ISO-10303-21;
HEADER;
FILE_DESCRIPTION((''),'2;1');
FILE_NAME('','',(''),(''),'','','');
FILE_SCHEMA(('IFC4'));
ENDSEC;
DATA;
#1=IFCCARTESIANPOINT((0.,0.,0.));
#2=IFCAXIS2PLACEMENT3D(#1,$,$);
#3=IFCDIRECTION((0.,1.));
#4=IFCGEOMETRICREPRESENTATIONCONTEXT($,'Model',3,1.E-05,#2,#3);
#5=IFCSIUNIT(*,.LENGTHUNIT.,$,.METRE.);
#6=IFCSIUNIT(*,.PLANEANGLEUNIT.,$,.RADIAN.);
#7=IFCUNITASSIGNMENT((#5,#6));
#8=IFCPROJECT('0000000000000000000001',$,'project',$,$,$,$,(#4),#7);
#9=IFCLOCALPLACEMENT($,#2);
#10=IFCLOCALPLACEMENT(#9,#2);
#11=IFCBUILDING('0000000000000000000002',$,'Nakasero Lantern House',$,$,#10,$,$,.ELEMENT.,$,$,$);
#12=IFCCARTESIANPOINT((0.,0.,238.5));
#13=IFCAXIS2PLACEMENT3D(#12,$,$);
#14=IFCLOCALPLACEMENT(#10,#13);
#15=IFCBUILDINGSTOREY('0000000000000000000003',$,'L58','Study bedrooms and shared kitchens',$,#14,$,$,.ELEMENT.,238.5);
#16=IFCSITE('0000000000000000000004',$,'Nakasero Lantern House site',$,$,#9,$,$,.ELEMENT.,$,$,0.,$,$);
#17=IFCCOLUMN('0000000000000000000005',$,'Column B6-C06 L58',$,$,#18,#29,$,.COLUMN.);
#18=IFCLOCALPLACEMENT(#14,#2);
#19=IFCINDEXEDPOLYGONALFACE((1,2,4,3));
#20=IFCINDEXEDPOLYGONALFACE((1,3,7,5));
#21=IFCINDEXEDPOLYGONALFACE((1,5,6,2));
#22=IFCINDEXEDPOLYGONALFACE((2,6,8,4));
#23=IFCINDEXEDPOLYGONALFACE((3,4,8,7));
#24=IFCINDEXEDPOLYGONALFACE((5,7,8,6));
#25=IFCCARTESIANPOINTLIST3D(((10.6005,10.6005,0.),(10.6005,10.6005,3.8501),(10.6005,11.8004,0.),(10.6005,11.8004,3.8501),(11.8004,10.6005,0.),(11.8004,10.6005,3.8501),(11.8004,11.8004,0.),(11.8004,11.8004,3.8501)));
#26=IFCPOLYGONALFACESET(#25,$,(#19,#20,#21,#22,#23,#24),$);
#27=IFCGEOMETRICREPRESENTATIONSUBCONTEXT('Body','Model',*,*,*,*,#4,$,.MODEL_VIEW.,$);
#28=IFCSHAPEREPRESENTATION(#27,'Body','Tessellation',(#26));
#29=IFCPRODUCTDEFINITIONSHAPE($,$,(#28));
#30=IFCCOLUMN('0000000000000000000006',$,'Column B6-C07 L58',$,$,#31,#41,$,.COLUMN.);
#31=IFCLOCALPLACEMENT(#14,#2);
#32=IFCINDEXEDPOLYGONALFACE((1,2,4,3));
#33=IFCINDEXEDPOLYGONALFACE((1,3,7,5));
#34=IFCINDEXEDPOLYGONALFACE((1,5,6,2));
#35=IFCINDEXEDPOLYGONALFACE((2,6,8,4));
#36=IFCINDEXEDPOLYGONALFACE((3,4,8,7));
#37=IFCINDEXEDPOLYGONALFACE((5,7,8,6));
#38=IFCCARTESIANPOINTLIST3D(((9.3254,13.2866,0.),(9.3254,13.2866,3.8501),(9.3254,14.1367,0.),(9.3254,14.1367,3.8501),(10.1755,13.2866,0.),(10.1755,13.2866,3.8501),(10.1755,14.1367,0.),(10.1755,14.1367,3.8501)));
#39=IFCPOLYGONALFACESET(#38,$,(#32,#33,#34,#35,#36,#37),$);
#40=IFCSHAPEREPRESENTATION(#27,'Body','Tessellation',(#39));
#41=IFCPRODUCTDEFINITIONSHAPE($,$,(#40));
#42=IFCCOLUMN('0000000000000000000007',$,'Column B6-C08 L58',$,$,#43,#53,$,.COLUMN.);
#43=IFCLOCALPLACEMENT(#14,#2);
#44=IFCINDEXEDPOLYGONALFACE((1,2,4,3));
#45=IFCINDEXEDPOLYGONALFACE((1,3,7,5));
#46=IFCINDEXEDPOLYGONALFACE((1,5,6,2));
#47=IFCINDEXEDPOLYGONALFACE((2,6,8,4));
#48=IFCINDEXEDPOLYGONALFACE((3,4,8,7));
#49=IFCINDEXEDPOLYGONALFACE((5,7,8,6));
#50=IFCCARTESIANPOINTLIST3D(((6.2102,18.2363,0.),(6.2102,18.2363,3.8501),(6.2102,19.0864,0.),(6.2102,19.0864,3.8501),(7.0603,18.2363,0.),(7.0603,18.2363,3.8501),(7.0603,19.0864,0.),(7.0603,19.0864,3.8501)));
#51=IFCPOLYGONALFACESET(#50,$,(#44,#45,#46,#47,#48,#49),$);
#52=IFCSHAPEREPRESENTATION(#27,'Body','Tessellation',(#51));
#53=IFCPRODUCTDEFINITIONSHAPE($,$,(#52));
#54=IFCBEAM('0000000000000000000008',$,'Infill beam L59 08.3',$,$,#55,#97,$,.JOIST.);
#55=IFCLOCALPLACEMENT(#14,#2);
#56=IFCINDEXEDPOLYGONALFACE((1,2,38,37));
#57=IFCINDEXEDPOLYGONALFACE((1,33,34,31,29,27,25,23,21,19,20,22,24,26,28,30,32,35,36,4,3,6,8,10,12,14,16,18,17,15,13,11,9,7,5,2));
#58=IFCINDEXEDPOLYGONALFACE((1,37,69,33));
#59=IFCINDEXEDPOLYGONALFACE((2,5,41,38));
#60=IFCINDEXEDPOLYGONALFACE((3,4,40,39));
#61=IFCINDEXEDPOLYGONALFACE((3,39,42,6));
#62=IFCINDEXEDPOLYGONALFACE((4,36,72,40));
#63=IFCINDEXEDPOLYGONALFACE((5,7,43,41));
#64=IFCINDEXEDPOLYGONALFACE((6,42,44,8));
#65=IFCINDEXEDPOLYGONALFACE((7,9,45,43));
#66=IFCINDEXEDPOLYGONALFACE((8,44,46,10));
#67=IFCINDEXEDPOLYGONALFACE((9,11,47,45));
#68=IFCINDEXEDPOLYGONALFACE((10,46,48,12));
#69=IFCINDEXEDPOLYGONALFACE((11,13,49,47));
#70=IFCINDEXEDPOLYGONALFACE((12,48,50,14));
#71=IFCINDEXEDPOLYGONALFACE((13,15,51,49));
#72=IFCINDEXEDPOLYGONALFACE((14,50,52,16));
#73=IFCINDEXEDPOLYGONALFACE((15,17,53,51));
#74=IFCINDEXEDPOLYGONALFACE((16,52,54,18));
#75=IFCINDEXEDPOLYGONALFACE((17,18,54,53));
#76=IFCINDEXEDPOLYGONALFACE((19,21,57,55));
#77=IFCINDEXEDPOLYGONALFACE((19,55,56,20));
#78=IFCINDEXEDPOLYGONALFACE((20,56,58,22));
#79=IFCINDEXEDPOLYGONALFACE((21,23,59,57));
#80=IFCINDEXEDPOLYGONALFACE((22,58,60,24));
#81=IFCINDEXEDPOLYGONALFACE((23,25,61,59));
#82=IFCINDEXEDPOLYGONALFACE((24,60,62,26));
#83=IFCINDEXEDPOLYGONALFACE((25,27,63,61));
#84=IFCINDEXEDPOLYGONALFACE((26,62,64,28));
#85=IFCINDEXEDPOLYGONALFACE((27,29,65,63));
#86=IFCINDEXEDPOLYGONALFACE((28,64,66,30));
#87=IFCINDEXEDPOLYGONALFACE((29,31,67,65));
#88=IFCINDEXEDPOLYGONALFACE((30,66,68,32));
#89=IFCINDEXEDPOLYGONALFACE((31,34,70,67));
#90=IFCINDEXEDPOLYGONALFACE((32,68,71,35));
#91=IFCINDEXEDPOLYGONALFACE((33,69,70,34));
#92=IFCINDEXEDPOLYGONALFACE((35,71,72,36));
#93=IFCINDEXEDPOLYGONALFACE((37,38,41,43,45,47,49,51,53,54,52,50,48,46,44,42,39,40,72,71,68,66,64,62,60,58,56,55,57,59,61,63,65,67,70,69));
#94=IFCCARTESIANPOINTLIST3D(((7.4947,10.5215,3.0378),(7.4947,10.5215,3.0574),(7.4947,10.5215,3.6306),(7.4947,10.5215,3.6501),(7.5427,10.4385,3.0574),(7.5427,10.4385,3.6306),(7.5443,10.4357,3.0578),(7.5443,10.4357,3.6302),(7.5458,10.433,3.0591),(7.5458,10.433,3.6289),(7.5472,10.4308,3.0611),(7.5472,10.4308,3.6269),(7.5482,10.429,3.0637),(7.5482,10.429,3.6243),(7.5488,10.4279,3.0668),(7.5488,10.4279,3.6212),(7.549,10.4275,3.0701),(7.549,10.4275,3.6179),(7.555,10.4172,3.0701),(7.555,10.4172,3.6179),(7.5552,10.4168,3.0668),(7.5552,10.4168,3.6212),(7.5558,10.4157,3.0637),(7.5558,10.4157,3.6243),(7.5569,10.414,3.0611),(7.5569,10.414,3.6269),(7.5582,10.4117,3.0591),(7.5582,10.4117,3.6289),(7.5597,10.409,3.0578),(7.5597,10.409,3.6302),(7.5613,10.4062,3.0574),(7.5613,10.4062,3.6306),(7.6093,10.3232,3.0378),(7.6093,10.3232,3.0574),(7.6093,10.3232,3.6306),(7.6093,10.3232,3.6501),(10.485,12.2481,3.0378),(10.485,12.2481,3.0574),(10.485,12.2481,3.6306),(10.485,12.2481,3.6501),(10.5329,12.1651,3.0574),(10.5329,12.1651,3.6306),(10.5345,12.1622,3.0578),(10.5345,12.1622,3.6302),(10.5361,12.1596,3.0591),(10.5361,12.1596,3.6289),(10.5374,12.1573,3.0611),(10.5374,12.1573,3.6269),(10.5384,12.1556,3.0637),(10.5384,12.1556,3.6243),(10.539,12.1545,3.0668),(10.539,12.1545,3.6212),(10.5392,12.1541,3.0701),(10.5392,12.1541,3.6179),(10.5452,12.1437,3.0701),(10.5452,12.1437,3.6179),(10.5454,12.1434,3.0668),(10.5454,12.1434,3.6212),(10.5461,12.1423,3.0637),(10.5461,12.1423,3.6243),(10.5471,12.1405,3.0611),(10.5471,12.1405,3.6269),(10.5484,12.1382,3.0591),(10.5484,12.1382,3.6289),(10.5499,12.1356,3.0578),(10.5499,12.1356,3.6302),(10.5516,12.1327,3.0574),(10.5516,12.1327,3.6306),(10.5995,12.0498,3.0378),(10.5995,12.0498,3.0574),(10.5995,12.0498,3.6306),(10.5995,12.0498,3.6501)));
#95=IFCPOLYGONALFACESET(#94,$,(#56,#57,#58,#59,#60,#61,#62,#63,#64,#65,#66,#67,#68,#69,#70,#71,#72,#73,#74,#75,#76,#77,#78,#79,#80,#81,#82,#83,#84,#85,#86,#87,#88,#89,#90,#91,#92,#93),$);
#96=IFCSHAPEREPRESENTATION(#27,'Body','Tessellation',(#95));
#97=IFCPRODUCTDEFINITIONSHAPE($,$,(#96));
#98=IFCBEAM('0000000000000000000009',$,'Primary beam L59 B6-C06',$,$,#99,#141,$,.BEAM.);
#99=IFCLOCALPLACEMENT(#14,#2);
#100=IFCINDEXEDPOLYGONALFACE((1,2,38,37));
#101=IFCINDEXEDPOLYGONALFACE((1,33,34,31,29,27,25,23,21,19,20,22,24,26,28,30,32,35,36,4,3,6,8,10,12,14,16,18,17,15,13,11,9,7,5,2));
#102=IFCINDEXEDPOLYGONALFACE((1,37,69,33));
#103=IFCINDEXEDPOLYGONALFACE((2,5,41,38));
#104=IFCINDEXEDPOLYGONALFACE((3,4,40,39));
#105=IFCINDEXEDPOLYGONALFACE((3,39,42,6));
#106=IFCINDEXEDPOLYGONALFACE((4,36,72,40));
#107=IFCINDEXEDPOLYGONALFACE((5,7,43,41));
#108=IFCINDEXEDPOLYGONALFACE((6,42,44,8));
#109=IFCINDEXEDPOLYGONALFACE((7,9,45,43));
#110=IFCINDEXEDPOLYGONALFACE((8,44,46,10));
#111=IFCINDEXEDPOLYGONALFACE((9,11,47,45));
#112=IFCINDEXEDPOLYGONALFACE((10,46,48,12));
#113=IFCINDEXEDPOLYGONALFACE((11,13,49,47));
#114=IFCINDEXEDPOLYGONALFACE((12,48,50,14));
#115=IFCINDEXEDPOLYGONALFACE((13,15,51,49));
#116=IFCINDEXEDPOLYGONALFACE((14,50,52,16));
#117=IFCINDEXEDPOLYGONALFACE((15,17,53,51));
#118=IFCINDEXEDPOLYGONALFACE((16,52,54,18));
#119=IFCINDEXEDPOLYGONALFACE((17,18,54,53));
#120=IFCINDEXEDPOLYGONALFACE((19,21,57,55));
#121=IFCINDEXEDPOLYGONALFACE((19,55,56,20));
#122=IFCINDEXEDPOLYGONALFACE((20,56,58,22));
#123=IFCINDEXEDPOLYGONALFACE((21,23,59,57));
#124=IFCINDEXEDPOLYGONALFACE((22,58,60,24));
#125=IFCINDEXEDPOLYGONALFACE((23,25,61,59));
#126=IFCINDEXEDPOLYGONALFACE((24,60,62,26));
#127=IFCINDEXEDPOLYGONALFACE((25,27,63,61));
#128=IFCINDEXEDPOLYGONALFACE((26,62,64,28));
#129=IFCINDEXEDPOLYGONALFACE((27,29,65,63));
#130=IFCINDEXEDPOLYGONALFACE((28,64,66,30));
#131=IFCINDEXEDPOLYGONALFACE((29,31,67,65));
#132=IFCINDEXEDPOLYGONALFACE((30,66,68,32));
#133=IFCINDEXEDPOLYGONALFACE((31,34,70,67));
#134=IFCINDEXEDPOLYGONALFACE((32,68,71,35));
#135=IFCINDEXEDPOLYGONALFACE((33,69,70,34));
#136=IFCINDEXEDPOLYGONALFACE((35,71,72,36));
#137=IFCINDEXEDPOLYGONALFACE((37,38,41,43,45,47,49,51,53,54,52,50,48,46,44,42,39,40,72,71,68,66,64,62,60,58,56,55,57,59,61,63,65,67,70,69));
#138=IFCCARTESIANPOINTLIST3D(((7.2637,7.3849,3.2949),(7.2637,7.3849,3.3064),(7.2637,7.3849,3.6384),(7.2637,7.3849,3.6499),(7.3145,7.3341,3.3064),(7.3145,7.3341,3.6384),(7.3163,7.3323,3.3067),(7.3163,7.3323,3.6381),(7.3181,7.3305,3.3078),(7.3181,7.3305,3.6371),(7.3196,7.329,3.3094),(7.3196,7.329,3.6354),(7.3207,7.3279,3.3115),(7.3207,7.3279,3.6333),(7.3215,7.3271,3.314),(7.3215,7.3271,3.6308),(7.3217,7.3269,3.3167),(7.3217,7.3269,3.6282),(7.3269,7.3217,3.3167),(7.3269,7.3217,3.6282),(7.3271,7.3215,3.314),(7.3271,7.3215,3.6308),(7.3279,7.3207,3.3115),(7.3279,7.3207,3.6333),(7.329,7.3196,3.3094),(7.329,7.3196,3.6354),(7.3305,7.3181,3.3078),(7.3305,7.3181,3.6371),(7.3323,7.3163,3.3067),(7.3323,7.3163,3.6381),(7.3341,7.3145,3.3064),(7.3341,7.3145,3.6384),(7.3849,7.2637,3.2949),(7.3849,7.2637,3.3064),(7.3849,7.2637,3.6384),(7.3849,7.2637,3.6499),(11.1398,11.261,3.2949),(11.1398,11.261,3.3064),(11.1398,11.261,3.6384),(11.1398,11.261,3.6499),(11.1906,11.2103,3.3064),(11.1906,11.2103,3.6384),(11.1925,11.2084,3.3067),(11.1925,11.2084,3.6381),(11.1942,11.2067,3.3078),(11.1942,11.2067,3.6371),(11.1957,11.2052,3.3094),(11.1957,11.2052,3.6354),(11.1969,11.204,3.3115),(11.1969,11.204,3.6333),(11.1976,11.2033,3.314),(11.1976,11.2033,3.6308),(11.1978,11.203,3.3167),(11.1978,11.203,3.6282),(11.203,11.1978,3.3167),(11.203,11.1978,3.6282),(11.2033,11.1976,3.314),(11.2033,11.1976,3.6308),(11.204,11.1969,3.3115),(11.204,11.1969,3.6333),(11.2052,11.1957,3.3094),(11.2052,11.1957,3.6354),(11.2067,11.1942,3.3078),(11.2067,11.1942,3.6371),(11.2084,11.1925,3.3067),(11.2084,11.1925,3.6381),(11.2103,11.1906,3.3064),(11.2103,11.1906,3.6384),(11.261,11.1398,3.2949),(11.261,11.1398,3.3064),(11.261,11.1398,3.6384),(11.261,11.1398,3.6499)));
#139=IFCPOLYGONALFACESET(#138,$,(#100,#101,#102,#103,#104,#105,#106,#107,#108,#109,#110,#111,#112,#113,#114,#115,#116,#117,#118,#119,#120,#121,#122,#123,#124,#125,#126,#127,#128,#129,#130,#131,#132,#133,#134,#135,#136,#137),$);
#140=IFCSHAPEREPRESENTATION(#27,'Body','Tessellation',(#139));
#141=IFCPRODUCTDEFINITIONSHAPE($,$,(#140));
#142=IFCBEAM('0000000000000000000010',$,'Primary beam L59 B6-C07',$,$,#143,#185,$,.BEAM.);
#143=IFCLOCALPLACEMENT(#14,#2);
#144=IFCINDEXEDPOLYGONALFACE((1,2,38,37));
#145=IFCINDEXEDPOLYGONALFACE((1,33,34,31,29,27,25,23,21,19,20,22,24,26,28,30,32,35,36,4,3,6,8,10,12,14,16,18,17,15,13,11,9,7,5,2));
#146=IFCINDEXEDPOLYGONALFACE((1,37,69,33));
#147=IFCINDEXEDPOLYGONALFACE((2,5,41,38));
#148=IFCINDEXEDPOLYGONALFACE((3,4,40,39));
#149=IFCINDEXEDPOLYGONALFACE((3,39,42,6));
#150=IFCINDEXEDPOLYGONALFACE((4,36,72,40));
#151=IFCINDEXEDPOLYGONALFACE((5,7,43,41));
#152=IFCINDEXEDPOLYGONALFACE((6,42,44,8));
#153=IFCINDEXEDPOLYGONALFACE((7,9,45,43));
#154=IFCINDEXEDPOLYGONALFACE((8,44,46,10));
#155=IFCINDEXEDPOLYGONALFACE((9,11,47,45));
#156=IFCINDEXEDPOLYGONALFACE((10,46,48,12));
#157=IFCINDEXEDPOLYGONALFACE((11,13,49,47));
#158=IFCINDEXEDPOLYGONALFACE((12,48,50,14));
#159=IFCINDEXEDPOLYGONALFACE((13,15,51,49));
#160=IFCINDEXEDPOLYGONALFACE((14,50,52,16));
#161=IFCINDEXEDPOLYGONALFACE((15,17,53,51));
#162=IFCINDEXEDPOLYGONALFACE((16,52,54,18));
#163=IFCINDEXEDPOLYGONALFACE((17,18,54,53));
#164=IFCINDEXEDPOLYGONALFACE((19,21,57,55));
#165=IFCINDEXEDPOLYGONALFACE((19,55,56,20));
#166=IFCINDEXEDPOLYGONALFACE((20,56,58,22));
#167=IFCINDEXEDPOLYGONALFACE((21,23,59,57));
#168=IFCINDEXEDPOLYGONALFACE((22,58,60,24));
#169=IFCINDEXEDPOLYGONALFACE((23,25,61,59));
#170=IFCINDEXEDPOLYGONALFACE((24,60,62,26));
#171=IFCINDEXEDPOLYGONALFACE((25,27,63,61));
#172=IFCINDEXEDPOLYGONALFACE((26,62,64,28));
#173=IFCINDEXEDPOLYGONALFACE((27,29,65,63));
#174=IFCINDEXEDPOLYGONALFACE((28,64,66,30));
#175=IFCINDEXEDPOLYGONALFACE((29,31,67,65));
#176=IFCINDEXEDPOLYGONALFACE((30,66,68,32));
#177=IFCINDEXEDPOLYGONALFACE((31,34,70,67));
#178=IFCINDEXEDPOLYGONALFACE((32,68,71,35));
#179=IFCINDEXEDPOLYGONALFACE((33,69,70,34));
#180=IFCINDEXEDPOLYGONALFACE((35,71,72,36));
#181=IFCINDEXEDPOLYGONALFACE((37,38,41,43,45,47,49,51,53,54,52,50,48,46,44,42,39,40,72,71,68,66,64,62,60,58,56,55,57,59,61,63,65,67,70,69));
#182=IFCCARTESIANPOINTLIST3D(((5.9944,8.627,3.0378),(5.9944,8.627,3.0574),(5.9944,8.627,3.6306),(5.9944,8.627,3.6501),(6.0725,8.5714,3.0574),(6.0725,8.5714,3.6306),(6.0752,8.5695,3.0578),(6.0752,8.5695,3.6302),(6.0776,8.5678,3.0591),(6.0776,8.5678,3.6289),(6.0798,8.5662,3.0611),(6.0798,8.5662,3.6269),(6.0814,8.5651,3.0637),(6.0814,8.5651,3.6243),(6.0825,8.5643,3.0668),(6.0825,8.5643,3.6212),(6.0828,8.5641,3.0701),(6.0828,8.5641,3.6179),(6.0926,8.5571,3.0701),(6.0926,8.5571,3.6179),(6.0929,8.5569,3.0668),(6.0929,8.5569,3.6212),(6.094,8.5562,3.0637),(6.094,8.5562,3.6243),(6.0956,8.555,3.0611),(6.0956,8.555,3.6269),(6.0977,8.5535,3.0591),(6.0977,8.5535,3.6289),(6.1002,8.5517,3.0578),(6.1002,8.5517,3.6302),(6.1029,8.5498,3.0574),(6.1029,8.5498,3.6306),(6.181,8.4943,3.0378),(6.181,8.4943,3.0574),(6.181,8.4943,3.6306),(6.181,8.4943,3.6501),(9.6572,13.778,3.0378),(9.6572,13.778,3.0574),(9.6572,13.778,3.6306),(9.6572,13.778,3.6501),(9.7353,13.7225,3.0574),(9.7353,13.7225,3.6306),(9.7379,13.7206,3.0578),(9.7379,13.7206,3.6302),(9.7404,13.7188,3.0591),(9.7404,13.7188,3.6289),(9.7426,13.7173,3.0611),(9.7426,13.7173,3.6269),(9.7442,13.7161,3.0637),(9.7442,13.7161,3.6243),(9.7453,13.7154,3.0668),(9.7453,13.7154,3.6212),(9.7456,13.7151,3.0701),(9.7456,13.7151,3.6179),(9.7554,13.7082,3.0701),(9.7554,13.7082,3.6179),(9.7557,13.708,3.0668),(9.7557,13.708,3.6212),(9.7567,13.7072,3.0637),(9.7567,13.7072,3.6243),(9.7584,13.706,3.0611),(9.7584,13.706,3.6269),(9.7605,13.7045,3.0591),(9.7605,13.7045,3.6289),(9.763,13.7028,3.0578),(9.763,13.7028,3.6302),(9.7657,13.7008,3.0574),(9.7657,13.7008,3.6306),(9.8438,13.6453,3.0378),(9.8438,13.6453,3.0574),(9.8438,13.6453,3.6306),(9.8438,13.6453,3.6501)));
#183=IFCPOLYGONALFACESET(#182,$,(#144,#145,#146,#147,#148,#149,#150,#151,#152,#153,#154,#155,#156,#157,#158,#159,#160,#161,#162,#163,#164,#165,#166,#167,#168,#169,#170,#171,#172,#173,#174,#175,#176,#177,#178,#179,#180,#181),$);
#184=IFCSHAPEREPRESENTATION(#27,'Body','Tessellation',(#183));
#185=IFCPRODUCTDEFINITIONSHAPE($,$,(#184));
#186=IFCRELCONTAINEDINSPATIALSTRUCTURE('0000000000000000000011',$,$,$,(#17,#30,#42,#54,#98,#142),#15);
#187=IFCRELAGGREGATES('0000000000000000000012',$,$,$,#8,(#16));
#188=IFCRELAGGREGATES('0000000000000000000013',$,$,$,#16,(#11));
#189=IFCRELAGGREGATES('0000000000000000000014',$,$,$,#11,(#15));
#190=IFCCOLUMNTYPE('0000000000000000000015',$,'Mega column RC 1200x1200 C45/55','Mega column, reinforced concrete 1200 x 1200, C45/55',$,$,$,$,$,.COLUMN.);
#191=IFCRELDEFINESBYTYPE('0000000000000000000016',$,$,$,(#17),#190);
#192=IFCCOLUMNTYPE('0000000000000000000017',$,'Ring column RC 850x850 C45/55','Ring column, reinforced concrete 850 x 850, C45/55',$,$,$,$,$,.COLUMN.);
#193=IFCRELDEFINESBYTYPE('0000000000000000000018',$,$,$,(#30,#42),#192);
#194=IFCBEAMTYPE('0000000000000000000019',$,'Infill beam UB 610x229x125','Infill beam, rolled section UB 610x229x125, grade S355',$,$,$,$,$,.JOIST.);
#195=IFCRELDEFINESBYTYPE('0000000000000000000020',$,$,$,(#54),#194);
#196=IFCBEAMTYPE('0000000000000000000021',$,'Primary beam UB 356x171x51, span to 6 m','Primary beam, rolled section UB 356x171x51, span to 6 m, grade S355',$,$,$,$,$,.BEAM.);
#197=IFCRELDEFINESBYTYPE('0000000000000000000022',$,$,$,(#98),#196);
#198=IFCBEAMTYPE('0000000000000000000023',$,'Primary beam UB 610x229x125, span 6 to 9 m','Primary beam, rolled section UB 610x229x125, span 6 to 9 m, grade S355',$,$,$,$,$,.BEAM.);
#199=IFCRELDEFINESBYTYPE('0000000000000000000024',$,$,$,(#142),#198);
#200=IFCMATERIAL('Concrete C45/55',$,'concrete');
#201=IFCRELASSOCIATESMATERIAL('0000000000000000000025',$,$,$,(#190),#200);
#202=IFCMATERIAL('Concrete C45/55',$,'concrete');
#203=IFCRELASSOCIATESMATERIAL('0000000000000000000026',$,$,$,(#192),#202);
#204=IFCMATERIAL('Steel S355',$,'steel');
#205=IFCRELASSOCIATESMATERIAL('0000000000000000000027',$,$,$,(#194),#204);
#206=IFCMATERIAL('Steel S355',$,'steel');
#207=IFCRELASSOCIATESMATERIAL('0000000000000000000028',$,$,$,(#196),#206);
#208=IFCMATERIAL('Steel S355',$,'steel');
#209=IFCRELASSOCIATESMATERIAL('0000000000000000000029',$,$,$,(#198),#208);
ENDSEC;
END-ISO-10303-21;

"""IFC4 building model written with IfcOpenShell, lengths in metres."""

from ifc_helpers import new_model, si_unit, direction, frame, origin, origin_2d, place, context, subcontext, project, spatial, rectangle, i_section, extrude, material, material_profile, profile_set, type_object, element, save


model = new_model("IFC4")

# Units and contexts
model_context = context("Model", 3, precision=1e-05, world=origin(), true_north=direction((0.0, 1.0)))
body_context = subcontext(model_context, "Body", "Model", "MODEL_VIEW")
ifc_project = project(units=[si_unit("LENGTHUNIT", "METRE"), si_unit("PLANEANGLEUNIT", "RADIAN")], contexts=[model_context])

# Site, building, storey
site_placement = place(None, origin())
site = spatial("IfcSite", under=ifc_project, at=site_placement, Name="Nakasero Lantern House site", CompositionType="ELEMENT", RefElevation=0.0)
building_placement = place(site_placement, origin())
building = spatial("IfcBuilding", under=site, at=building_placement, Name="Nakasero Lantern House", CompositionType="ELEMENT")
storey_placement = place(building_placement, frame((0.0, 0.0, 238.5)))
storey = spatial("IfcBuildingStorey", under=building, at=storey_placement, Name="L58", Description="Study bedrooms and shared kitchens", CompositionType="ELEMENT", Elevation=238.5)

# Columns
ifc_material_1 = material(Name="Concrete C45/55", Category="concrete")
ifc_material_profile_1 = material_profile(ifc_material_1, rectangle(XDim=1.2, YDim=1.2, at=origin_2d()), Name="RC 1200x1200")
ifc_profile_set_1 = profile_set([ifc_material_profile_1], Name="Concrete C45/55")
column_type_1 = type_object("IfcColumnType", Name="Mega column RC 1200x1200 C45/55", Description="Mega column, reinforced concrete 1200 x 1200, C45/55", PredefinedType="COLUMN", material=ifc_profile_set_1)
column_placement = place(storey_placement, frame((11.2004, 11.2004, 0.0), z_axis=(0.0, 0.0, 1.0), x_axis=(1.0, 0.0, 0.0)))
element("IfcColumn", 1, at=column_placement, inside=storey, type_object=column_type_1, Name="Column B6-C06 L58", PredefinedType="COLUMN", context=body_context, shape_type="SweptSolid", body=[
    extrude(rectangle(XDim=1.2, YDim=1.2, at=origin_2d()), origin(), (0.0, 0.0, 1.0), 3.8501),
])
ifc_material_2 = material(Name="Concrete C45/55", Category="concrete")
ifc_material_profile_2 = material_profile(ifc_material_2, rectangle(XDim=0.8501, YDim=0.8501, at=origin_2d()), Name="RC 850x850")
ifc_profile_set_2 = profile_set([ifc_material_profile_2], Name="Concrete C45/55")
column_type_2 = type_object("IfcColumnType", Name="Ring column RC 850x850 C45/55", Description="Ring column, reinforced concrete 850 x 850, C45/55", PredefinedType="COLUMN", material=ifc_profile_set_2)
for number, where, z_axis, x_axis, name in (
    (2, (9.7505, 13.7117, 0.0), (0.0, 0.0, 1.0), (1.0, 0.0, 0.0), "Column B6-C07 L58"),
    (3, (6.6353, 18.6614, 0.0), (0.0, 0.0, 1.0), (1.0, 0.0, 0.0), "Column B6-C08 L58"),
):
    element("IfcColumn", number, at=place(storey_placement, frame(where, z_axis=z_axis, x_axis=x_axis)), inside=storey, type_object=column_type_2, Name=name, PredefinedType="COLUMN", context=body_context, shape_type="SweptSolid", body=[
        extrude(rectangle(XDim=0.8501, YDim=0.8501, at=origin_2d()), origin(), (0.0, 0.0, 1.0), 3.8501),
    ])

# Beams
ifc_material_3 = material(Name="Steel S355", Category="steel")
ifc_material_profile_3 = material_profile(ifc_material_3, i_section(OverallWidth=0.229, OverallDepth=0.6123, WebThickness=0.012, FlangeThickness=0.0195, FilletRadius=0.0127, at=origin_2d()), Name="UB 610x229x125")
ifc_profile_set_3 = profile_set([ifc_material_profile_3], Name="Steel S355")
beam_type_1 = type_object("IfcBeamType", Name="Infill beam UB 610x229x125", Description="Infill beam, rolled section UB 610x229x125, grade S355", PredefinedType="JOIST", material=ifc_profile_set_3)
beam_1_placement = place(storey_placement, frame((7.552, 10.4224, 3.344), z_axis=(0.866007, 0.500033, 0.0), x_axis=(-0.500033, 0.866007, 0.0)))
element("IfcBeam", 4, at=beam_1_placement, inside=storey, type_object=beam_type_1, Name="Infill beam L59 08.3", PredefinedType="JOIST", context=body_context, shape_type="SweptSolid", body=[
    extrude(i_section(OverallWidth=0.229, OverallDepth=0.6123, WebThickness=0.012, FlangeThickness=0.0195, FilletRadius=0.0127, at=origin_2d()), origin(), (0.0, 0.0, 1.0), 3.4529),
])
ifc_material_4 = material(Name="Steel S355", Category="steel")
ifc_material_profile_4 = material_profile(ifc_material_4, i_section(OverallWidth=0.1714, OverallDepth=0.355, WebThickness=0.0073, FlangeThickness=0.0115, FilletRadius=0.0103, at=origin_2d()), Name="UB 356x171x51")
ifc_profile_set_4 = profile_set([ifc_material_profile_4], Name="Steel S355")
beam_type_2 = type_object("IfcBeamType", Name="Primary beam UB 356x171x51, span to 6 m", Description="Primary beam, rolled section UB 356x171x51, span to 6 m, grade S355", PredefinedType="BEAM", material=ifc_profile_set_4)
beam_2_placement = place(storey_placement, frame((11.2004, 11.2004, 3.4724), z_axis=(-0.707107, -0.707107, 0.0), x_axis=(0.707107, -0.707107, 0.0)))
element("IfcBeam", 5, at=beam_2_placement, inside=storey, type_object=beam_type_2, Name="Primary beam L59 B6-C06", PredefinedType="BEAM", context=body_context, shape_type="SweptSolid", body=[
    extrude(i_section(OverallWidth=0.1714, OverallDepth=0.355, WebThickness=0.0073, FlangeThickness=0.0115, FilletRadius=0.0103, at=origin_2d()), origin(), (0.0, 0.0, 1.0), 5.4817),
])
ifc_material_5 = material(Name="Steel S355", Category="steel")
ifc_material_profile_5 = material_profile(ifc_material_5, i_section(OverallWidth=0.229, OverallDepth=0.6123, WebThickness=0.012, FlangeThickness=0.0195, FilletRadius=0.0127, at=origin_2d()), Name="UB 610x229x125")
ifc_profile_set_5 = profile_set([ifc_material_profile_5], Name="Steel S355")
beam_type_3 = type_object("IfcBeamType", Name="Primary beam UB 610x229x125, span 6 to 9 m", Description="Primary beam, rolled section UB 610x229x125, span 6 to 9 m, grade S355", PredefinedType="BEAM", material=ifc_profile_set_5)
beam_3_placement = place(storey_placement, frame((9.7505, 13.7117, 3.344), z_axis=(-0.579505, -0.814969, 0.0), x_axis=(0.814969, -0.579505, 0.0)))
element("IfcBeam", 6, at=beam_3_placement, inside=storey, type_object=beam_type_3, Name="Primary beam L59 B6-C07", PredefinedType="BEAM", context=body_context, shape_type="SweptSolid", body=[
    extrude(i_section(OverallWidth=0.229, OverallDepth=0.6123, WebThickness=0.012, FlangeThickness=0.0195, FilletRadius=0.0127, at=origin_2d()), origin(), (0.0, 0.0, 1.0), 6.3206),
])

save(model, "model.ifc")
